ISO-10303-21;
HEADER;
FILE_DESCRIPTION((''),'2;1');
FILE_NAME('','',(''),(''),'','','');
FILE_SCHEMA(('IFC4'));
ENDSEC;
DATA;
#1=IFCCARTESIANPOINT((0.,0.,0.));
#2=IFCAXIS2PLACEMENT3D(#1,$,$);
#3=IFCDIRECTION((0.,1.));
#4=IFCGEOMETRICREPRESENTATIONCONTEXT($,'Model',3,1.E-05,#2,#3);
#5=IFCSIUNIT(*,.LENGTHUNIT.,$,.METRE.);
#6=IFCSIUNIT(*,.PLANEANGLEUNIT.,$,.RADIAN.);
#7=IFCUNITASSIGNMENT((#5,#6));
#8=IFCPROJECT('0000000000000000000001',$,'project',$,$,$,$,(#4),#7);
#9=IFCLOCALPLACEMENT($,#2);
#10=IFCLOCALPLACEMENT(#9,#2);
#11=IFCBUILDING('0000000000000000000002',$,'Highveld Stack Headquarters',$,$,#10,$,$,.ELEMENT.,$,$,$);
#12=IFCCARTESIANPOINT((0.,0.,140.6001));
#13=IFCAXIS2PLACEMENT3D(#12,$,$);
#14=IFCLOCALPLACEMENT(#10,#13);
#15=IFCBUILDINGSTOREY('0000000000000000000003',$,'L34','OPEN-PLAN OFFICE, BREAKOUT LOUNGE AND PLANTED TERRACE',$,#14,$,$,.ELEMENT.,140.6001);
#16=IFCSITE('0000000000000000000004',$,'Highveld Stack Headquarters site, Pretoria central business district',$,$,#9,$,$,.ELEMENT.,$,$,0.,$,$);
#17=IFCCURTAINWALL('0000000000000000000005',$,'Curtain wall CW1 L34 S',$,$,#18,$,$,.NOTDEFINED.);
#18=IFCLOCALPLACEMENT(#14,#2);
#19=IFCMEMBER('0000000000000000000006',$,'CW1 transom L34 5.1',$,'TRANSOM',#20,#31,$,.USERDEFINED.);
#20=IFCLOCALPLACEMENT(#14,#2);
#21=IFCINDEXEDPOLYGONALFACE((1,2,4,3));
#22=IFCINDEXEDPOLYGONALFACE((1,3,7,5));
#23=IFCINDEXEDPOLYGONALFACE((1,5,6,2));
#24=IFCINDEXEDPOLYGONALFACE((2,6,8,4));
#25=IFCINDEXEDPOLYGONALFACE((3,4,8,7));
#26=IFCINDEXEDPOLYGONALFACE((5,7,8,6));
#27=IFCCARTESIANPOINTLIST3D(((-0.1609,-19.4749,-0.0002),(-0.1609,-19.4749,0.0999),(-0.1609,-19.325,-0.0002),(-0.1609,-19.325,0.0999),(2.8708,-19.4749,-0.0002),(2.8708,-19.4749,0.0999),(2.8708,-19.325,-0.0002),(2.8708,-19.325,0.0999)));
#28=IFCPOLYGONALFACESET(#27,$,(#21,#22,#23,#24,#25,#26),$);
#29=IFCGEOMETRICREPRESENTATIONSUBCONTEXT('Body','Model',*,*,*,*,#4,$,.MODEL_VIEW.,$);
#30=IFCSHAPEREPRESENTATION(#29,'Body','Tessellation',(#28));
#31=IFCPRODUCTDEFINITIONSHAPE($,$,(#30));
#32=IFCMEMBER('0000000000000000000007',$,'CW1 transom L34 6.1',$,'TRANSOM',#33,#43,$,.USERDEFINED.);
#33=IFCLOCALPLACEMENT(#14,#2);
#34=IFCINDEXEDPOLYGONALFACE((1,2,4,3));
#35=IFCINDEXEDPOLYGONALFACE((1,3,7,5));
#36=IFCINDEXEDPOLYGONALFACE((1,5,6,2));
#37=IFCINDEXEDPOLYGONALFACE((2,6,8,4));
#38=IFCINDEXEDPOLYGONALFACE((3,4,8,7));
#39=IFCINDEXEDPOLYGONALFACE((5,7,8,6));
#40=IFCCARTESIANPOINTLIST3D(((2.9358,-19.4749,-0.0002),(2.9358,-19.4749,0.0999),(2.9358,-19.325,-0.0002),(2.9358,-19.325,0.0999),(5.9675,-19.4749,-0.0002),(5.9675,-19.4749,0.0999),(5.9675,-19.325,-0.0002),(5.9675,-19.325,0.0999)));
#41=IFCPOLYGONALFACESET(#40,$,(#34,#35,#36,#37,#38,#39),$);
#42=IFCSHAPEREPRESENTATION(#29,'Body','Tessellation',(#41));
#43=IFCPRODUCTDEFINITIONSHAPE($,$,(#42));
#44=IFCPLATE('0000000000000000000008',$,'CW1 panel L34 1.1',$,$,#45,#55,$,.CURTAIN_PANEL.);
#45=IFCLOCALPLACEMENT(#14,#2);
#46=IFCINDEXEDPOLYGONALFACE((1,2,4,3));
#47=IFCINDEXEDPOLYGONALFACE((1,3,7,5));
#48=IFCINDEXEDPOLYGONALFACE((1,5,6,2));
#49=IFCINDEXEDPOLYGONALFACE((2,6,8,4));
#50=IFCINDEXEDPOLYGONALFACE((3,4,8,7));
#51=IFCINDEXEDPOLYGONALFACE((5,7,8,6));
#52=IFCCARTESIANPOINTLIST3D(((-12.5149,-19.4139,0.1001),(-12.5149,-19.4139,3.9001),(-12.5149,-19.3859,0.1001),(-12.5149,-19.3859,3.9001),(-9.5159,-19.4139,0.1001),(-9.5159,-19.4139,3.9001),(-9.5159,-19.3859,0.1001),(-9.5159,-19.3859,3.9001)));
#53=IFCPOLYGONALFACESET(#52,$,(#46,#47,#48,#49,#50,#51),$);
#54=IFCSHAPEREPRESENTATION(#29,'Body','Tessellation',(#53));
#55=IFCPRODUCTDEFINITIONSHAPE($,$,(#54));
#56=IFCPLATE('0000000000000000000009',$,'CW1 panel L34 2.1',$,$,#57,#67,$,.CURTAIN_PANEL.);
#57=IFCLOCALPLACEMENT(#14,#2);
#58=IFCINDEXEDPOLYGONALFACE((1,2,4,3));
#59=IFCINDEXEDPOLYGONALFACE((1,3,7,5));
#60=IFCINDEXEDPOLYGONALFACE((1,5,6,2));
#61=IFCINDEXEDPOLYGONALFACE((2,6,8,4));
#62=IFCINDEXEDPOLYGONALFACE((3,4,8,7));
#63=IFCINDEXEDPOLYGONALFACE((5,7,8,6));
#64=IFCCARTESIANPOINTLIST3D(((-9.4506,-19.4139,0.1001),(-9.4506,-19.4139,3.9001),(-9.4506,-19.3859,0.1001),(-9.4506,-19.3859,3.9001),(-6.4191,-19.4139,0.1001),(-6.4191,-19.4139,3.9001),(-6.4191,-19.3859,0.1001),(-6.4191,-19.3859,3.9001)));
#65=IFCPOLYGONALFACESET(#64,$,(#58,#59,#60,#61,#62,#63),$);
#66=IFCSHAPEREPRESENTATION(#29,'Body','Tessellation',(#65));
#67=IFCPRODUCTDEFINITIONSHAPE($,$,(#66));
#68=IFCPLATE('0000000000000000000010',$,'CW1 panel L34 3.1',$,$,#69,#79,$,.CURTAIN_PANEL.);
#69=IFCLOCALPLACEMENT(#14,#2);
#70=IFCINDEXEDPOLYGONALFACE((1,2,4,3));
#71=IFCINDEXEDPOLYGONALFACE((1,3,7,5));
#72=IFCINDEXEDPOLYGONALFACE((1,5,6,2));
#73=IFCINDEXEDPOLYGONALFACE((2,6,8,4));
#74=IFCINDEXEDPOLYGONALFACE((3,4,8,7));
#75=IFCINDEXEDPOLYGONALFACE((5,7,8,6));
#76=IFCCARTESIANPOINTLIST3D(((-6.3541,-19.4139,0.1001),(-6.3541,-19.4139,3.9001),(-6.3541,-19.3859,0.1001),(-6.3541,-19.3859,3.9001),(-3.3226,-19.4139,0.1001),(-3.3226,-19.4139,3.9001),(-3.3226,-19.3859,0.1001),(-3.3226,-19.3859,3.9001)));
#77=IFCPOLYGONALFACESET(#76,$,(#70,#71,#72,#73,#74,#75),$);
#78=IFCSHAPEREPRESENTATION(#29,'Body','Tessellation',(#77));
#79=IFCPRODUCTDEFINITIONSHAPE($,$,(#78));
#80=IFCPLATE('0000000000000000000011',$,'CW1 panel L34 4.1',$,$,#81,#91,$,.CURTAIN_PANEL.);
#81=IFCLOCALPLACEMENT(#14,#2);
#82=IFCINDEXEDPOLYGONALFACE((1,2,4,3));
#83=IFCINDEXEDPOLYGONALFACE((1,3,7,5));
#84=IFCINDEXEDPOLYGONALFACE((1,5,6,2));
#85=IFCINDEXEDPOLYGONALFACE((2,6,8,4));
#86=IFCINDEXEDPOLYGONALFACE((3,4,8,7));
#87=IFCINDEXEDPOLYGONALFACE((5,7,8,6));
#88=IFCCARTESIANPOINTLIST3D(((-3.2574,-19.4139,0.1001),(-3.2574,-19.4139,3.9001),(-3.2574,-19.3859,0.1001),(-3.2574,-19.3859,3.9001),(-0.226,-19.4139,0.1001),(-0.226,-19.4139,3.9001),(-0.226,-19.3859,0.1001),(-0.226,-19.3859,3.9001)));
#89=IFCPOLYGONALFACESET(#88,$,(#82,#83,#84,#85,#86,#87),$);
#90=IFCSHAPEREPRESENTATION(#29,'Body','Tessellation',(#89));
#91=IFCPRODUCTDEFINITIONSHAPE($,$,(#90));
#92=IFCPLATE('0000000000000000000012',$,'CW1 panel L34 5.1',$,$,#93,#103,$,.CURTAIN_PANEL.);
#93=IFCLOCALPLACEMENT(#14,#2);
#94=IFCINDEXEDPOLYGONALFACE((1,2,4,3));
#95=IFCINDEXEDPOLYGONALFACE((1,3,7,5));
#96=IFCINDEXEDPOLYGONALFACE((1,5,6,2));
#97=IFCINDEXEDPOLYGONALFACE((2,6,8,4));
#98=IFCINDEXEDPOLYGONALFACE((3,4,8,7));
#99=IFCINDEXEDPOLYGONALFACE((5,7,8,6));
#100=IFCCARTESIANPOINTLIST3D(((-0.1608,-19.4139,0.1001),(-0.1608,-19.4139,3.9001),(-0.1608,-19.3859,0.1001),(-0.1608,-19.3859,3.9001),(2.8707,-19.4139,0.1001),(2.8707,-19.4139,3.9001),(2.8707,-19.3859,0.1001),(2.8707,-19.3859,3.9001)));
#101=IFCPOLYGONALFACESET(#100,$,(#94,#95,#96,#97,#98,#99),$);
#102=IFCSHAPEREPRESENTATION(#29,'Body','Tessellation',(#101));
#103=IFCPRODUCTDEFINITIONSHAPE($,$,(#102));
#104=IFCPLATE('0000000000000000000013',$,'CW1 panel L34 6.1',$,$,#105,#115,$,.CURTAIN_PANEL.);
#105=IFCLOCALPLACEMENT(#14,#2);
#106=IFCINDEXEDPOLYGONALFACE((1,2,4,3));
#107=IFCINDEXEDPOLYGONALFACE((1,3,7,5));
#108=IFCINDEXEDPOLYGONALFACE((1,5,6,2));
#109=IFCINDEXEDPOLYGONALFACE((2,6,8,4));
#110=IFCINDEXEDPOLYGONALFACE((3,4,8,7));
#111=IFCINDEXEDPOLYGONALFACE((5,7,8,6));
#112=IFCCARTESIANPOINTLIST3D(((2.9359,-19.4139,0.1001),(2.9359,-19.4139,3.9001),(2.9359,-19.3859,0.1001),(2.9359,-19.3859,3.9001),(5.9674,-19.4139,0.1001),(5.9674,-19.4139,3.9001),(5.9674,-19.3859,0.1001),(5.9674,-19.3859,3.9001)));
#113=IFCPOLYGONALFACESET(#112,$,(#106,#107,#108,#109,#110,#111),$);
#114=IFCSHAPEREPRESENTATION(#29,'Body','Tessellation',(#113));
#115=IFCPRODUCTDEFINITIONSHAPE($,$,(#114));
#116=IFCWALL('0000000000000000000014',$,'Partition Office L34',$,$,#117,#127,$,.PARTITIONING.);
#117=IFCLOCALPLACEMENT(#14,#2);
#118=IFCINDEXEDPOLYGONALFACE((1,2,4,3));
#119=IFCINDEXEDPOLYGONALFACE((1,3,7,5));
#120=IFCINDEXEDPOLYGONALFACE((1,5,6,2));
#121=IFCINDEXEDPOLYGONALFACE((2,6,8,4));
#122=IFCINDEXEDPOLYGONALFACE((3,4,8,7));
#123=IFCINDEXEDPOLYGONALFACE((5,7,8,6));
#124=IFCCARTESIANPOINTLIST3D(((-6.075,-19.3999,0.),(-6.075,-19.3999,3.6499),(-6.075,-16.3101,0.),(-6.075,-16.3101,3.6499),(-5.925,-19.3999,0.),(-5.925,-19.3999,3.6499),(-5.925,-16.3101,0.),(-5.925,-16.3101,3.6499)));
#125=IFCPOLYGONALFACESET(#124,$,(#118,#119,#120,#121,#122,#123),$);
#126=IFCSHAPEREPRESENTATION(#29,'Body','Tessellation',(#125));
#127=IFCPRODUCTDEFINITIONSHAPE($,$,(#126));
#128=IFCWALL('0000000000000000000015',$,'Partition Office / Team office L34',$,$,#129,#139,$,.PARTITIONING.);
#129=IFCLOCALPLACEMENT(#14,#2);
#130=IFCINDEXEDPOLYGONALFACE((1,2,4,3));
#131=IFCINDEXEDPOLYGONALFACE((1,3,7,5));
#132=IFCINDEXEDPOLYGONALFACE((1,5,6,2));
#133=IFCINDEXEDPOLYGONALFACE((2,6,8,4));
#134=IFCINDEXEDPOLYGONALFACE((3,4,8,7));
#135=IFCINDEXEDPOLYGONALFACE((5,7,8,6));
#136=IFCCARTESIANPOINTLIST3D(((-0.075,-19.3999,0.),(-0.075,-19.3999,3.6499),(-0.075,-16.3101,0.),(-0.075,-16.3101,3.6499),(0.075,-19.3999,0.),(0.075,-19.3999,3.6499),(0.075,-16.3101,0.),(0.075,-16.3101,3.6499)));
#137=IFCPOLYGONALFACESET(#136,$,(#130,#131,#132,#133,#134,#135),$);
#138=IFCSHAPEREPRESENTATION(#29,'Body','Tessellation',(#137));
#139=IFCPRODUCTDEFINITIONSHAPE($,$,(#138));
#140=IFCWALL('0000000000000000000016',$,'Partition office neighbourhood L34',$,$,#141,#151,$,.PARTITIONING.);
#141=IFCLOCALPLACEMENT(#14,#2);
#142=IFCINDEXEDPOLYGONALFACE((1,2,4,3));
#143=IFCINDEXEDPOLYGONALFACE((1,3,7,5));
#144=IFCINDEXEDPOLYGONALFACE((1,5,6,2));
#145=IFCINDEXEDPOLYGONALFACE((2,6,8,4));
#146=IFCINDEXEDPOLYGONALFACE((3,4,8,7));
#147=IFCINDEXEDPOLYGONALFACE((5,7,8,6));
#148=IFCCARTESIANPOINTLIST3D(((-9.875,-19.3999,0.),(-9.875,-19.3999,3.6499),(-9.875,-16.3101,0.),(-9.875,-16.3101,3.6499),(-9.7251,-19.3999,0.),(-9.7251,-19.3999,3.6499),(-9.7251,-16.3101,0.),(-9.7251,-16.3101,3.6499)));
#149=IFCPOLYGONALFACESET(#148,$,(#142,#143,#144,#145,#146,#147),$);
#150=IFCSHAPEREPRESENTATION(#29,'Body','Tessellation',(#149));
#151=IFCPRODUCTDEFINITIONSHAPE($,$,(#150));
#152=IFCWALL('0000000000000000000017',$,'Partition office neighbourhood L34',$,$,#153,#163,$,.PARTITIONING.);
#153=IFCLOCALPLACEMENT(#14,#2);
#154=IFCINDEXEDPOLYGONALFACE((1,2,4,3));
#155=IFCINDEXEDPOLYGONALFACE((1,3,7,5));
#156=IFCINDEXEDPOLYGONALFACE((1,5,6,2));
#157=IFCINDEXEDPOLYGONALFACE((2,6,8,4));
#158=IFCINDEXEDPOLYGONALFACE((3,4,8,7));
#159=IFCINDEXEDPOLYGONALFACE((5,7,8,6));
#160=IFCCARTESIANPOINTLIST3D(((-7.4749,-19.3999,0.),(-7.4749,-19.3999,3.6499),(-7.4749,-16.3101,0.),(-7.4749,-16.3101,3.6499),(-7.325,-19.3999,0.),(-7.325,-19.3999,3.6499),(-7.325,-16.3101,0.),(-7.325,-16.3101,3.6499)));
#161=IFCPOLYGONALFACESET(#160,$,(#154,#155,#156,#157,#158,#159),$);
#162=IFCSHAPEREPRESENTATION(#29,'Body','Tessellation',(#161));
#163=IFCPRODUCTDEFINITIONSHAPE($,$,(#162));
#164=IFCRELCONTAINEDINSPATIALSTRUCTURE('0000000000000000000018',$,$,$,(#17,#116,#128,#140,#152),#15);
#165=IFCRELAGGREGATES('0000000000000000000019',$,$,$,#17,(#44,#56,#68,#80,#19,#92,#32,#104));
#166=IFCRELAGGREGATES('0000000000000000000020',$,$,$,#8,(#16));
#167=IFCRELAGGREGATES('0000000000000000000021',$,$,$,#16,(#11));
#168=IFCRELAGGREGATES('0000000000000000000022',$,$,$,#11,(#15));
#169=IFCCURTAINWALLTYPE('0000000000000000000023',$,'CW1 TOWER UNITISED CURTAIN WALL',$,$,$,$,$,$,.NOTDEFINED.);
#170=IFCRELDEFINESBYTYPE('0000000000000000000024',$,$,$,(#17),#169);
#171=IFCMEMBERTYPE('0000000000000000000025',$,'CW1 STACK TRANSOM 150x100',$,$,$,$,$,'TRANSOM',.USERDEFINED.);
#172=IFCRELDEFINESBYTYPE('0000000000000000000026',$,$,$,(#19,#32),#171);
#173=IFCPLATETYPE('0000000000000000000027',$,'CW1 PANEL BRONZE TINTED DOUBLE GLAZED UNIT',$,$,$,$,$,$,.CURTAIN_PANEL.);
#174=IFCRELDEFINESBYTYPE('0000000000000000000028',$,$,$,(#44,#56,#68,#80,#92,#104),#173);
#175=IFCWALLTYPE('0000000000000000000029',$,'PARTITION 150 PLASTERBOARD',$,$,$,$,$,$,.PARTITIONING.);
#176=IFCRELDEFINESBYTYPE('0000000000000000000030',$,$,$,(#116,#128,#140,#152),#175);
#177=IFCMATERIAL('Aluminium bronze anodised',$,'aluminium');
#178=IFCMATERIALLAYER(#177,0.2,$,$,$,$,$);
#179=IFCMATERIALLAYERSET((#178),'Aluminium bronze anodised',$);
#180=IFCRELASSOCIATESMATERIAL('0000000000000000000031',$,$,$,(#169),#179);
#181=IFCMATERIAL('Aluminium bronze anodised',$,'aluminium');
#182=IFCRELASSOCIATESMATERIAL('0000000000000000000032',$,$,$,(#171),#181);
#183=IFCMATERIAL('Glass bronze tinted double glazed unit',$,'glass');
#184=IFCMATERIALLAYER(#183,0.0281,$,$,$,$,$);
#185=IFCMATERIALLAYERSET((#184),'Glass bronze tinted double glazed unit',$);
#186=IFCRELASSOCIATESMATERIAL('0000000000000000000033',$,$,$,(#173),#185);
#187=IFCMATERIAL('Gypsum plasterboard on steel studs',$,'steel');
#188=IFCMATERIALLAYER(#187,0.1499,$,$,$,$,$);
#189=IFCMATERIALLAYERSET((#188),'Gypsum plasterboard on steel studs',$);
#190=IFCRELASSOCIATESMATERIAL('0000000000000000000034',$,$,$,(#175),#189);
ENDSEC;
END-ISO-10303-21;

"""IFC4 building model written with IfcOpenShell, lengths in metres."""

from ifc_helpers import new_model, si_unit, direction, frame, frame_2d, origin, origin_2d, place, context, subcontext, project, spatial, rectangle, extrude, material, layer, layer_set, material_profile, profile_set, type_object, element, aggregate, save


model = new_model("IFC4")

# Units and contexts
model_context = context("Model", 3, precision=1e-05, world=origin(), true_north=direction((0.0, 1.0)))
body_context = subcontext(model_context, "Body", "Model", "MODEL_VIEW")
ifc_project = project(units=[si_unit("LENGTHUNIT", "METRE"), si_unit("PLANEANGLEUNIT", "RADIAN")], contexts=[model_context])

# Site, building, storey
site_placement = place(None, origin())
site = spatial("IfcSite", under=ifc_project, at=site_placement, Name="Highveld Stack Headquarters site, Pretoria central business district", CompositionType="ELEMENT", RefElevation=0.0)
building_placement = place(site_placement, origin())
building = spatial("IfcBuilding", under=site, at=building_placement, Name="Highveld Stack Headquarters", CompositionType="ELEMENT")
storey_placement = place(building_placement, frame((0.0, 0.0, 140.6001)))
storey = spatial("IfcBuildingStorey", under=building, at=storey_placement, Name="L34", Description="OPEN-PLAN OFFICE, BREAKOUT LOUNGE AND PLANTED TERRACE", CompositionType="ELEMENT", Elevation=140.6001)

# Curtain wall, members, plates
ifc_material_1 = material(Name="Aluminium bronze anodised", Category="aluminium")
ifc_layer_1 = layer(ifc_material_1, 0.2)
ifc_layer_set_1 = layer_set([ifc_layer_1], Name="Aluminium bronze anodised")
curtain_wall_type = type_object("IfcCurtainWallType", Name="CW1 TOWER UNITISED CURTAIN WALL", PredefinedType="NOTDEFINED", material=ifc_layer_set_1)
curtain_wall_placement = place(storey_placement, origin())
curtain_wall = element("IfcCurtainWall", 1, at=curtain_wall_placement, inside=storey, type_object=curtain_wall_type, Name="Curtain wall CW1 L34 S", PredefinedType="NOTDEFINED")
ifc_material_2 = material(Name="Aluminium bronze anodised", Category="aluminium")
ifc_material_profile_1 = material_profile(ifc_material_2, rectangle(XDim=0.1499, YDim=0.1001, at=origin_2d()), Name="CW1 TRANSOM 150x100")
ifc_profile_set_1 = profile_set([ifc_material_profile_1], Name="Aluminium bronze anodised")
member_type_1 = type_object("IfcMemberType", Name="CW1 STACK TRANSOM 150x100", ElementType="TRANSOM", PredefinedType="USERDEFINED", material=ifc_profile_set_1)
member_1_placement = place(storey_placement, frame((-0.1609, -19.3999, 0.0498), z_axis=(1.0, 0.0, 0.0), x_axis=(0.0, 1.0, 0.0)))
member_1 = element("IfcMember", 2, at=member_1_placement, type_object=member_type_1, Name="CW1 transom L34 5.1", ObjectType="TRANSOM", PredefinedType="USERDEFINED", context=body_context, shape_type="SweptSolid", body=[
    extrude(rectangle(XDim=0.1499, YDim=0.1001, at=origin_2d()), origin(), (0.0, 0.0, 1.0), 3.0317),
])
member_2_placement = place(storey_placement, frame((2.9358, -19.3999, 0.0498), z_axis=(1.0, 0.0, 0.0), x_axis=(0.0, 1.0, 0.0)))
member_2 = element("IfcMember", 3, at=member_2_placement, type_object=member_type_1, Name="CW1 transom L34 6.1", ObjectType="TRANSOM", PredefinedType="USERDEFINED", context=body_context, shape_type="SweptSolid", body=[
    extrude(rectangle(XDim=0.1499, YDim=0.1001, at=origin_2d()), origin(), (0.0, 0.0, 1.0), 3.0317),
])
ifc_material_3 = material(Name="Glass bronze tinted double glazed unit", Category="glass")
ifc_layer_2 = layer(ifc_material_3, 0.0281)
ifc_layer_set_2 = layer_set([ifc_layer_2], Name="Glass bronze tinted double glazed unit")
plate_type = type_object("IfcPlateType", Name="CW1 PANEL BRONZE TINTED DOUBLE GLAZED UNIT", PredefinedType="CURTAIN_PANEL", material=ifc_layer_set_2)
plate_1_placement = place(storey_placement, frame((-11.0154, -19.3999, 0.1001), z_axis=(0.0, 0.0, 1.0), x_axis=(1.0, 0.0, 0.0)))
plate_1 = element("IfcPlate", 4, at=plate_1_placement, type_object=plate_type, Name="CW1 panel L34 1.1", PredefinedType="CURTAIN_PANEL", context=body_context, shape_type="SweptSolid", body=[
    extrude(rectangle(XDim=2.999, YDim=0.0281, at=origin_2d()), origin(), (0.0, 0.0, 1.0), 3.8),
])
plate_2_placement = place(storey_placement, frame((-7.9348, -19.3999, 0.1001), z_axis=(0.0, 0.0, 1.0), x_axis=(1.0, 0.0, 0.0)))
plate_2 = element("IfcPlate", 5, at=plate_2_placement, type_object=plate_type, Name="CW1 panel L34 2.1", PredefinedType="CURTAIN_PANEL", context=body_context, shape_type="SweptSolid", body=[
    extrude(rectangle(XDim=3.0315, YDim=0.0281, at=origin_2d()), origin(), (0.0, 0.0, 1.0), 3.8),
])
plate_3_placement = place(storey_placement, frame((-4.8384, -19.3999, 0.1001), z_axis=(0.0, 0.0, 1.0), x_axis=(1.0, 0.0, 0.0)))
plate_3 = element("IfcPlate", 6, at=plate_3_placement, type_object=plate_type, Name="CW1 panel L34 3.1", PredefinedType="CURTAIN_PANEL", context=body_context, shape_type="SweptSolid", body=[
    extrude(rectangle(XDim=3.0315, YDim=0.0281, at=origin_2d()), origin(), (0.0, 0.0, 1.0), 3.8),
])
plate_4_placement = place(storey_placement, frame((-1.7417, -19.3999, 0.1001), z_axis=(0.0, 0.0, 1.0), x_axis=(1.0, 0.0, 0.0)))
plate_4 = element("IfcPlate", 7, at=plate_4_placement, type_object=plate_type, Name="CW1 panel L34 4.1", PredefinedType="CURTAIN_PANEL", context=body_context, shape_type="SweptSolid", body=[
    extrude(rectangle(XDim=3.0315, YDim=0.0281, at=origin_2d()), origin(), (0.0, 0.0, 1.0), 3.8),
])
plate_5_placement = place(storey_placement, frame((1.355, -19.3999, 0.1001), z_axis=(0.0, 0.0, 1.0), x_axis=(1.0, 0.0, 0.0)))
plate_5 = element("IfcPlate", 8, at=plate_5_placement, type_object=plate_type, Name="CW1 panel L34 5.1", PredefinedType="CURTAIN_PANEL", context=body_context, shape_type="SweptSolid", body=[
    extrude(rectangle(XDim=3.0315, YDim=0.0281, at=origin_2d()), origin(), (0.0, 0.0, 1.0), 3.8),
])
plate_6_placement = place(storey_placement, frame((4.4517, -19.3999, 0.1001), z_axis=(0.0, 0.0, 1.0), x_axis=(1.0, 0.0, 0.0)))
plate_6 = element("IfcPlate", 9, at=plate_6_placement, type_object=plate_type, Name="CW1 panel L34 6.1", PredefinedType="CURTAIN_PANEL", context=body_context, shape_type="SweptSolid", body=[
    extrude(rectangle(XDim=3.0315, YDim=0.0281, at=origin_2d()), origin(), (0.0, 0.0, 1.0), 3.8),
])
aggregate(curtain_wall, [plate_1, plate_2, plate_3, plate_4, member_1, plate_5, member_2, plate_6])

# Walls
ifc_material_4 = material(Name="Gypsum plasterboard on steel studs", Category="steel")
ifc_layer_3 = layer(ifc_material_4, 0.1499)
ifc_layer_set_3 = layer_set([ifc_layer_3], Name="Gypsum plasterboard on steel studs")
wall_type = type_object("IfcWallType", Name="PARTITION 150 PLASTERBOARD", PredefinedType="PARTITIONING", material=ifc_layer_set_3)
for number, where, z_axis, x_axis, name in (
    (10, (-6.0, -19.3999, 0.0), (0.0, 0.0, 1.0), (0.0, 1.0, 0.0), "Partition Office L34"),
    (11, (0.0, -19.3999, 0.0), (0.0, 0.0, 1.0), (0.0, 1.0, 0.0), "Partition Office / Team office L34"),
    (12, (-9.8, -19.3999, 0.0), (0.0, 0.0, 1.0), (0.0, 1.0, 0.0), "Partition office neighbourhood L34"),
    (13, (-7.3999, -19.3999, 0.0), (0.0, 0.0, 1.0), (0.0, 1.0, 0.0), "Partition office neighbourhood L34"),
):
    element("IfcWall", number, at=place(storey_placement, frame(where, z_axis=z_axis, x_axis=x_axis)), inside=storey, type_object=wall_type, Name=name, PredefinedType="PARTITIONING", context=body_context, shape_type="SweptSolid", body=[
        extrude(rectangle(XDim=3.0898, YDim=0.1499, at=frame_2d((1.5449, 0.0))), origin(), (0.0, 0.0, 1.0), 3.6499),
    ])

save(model, "model.ifc")
